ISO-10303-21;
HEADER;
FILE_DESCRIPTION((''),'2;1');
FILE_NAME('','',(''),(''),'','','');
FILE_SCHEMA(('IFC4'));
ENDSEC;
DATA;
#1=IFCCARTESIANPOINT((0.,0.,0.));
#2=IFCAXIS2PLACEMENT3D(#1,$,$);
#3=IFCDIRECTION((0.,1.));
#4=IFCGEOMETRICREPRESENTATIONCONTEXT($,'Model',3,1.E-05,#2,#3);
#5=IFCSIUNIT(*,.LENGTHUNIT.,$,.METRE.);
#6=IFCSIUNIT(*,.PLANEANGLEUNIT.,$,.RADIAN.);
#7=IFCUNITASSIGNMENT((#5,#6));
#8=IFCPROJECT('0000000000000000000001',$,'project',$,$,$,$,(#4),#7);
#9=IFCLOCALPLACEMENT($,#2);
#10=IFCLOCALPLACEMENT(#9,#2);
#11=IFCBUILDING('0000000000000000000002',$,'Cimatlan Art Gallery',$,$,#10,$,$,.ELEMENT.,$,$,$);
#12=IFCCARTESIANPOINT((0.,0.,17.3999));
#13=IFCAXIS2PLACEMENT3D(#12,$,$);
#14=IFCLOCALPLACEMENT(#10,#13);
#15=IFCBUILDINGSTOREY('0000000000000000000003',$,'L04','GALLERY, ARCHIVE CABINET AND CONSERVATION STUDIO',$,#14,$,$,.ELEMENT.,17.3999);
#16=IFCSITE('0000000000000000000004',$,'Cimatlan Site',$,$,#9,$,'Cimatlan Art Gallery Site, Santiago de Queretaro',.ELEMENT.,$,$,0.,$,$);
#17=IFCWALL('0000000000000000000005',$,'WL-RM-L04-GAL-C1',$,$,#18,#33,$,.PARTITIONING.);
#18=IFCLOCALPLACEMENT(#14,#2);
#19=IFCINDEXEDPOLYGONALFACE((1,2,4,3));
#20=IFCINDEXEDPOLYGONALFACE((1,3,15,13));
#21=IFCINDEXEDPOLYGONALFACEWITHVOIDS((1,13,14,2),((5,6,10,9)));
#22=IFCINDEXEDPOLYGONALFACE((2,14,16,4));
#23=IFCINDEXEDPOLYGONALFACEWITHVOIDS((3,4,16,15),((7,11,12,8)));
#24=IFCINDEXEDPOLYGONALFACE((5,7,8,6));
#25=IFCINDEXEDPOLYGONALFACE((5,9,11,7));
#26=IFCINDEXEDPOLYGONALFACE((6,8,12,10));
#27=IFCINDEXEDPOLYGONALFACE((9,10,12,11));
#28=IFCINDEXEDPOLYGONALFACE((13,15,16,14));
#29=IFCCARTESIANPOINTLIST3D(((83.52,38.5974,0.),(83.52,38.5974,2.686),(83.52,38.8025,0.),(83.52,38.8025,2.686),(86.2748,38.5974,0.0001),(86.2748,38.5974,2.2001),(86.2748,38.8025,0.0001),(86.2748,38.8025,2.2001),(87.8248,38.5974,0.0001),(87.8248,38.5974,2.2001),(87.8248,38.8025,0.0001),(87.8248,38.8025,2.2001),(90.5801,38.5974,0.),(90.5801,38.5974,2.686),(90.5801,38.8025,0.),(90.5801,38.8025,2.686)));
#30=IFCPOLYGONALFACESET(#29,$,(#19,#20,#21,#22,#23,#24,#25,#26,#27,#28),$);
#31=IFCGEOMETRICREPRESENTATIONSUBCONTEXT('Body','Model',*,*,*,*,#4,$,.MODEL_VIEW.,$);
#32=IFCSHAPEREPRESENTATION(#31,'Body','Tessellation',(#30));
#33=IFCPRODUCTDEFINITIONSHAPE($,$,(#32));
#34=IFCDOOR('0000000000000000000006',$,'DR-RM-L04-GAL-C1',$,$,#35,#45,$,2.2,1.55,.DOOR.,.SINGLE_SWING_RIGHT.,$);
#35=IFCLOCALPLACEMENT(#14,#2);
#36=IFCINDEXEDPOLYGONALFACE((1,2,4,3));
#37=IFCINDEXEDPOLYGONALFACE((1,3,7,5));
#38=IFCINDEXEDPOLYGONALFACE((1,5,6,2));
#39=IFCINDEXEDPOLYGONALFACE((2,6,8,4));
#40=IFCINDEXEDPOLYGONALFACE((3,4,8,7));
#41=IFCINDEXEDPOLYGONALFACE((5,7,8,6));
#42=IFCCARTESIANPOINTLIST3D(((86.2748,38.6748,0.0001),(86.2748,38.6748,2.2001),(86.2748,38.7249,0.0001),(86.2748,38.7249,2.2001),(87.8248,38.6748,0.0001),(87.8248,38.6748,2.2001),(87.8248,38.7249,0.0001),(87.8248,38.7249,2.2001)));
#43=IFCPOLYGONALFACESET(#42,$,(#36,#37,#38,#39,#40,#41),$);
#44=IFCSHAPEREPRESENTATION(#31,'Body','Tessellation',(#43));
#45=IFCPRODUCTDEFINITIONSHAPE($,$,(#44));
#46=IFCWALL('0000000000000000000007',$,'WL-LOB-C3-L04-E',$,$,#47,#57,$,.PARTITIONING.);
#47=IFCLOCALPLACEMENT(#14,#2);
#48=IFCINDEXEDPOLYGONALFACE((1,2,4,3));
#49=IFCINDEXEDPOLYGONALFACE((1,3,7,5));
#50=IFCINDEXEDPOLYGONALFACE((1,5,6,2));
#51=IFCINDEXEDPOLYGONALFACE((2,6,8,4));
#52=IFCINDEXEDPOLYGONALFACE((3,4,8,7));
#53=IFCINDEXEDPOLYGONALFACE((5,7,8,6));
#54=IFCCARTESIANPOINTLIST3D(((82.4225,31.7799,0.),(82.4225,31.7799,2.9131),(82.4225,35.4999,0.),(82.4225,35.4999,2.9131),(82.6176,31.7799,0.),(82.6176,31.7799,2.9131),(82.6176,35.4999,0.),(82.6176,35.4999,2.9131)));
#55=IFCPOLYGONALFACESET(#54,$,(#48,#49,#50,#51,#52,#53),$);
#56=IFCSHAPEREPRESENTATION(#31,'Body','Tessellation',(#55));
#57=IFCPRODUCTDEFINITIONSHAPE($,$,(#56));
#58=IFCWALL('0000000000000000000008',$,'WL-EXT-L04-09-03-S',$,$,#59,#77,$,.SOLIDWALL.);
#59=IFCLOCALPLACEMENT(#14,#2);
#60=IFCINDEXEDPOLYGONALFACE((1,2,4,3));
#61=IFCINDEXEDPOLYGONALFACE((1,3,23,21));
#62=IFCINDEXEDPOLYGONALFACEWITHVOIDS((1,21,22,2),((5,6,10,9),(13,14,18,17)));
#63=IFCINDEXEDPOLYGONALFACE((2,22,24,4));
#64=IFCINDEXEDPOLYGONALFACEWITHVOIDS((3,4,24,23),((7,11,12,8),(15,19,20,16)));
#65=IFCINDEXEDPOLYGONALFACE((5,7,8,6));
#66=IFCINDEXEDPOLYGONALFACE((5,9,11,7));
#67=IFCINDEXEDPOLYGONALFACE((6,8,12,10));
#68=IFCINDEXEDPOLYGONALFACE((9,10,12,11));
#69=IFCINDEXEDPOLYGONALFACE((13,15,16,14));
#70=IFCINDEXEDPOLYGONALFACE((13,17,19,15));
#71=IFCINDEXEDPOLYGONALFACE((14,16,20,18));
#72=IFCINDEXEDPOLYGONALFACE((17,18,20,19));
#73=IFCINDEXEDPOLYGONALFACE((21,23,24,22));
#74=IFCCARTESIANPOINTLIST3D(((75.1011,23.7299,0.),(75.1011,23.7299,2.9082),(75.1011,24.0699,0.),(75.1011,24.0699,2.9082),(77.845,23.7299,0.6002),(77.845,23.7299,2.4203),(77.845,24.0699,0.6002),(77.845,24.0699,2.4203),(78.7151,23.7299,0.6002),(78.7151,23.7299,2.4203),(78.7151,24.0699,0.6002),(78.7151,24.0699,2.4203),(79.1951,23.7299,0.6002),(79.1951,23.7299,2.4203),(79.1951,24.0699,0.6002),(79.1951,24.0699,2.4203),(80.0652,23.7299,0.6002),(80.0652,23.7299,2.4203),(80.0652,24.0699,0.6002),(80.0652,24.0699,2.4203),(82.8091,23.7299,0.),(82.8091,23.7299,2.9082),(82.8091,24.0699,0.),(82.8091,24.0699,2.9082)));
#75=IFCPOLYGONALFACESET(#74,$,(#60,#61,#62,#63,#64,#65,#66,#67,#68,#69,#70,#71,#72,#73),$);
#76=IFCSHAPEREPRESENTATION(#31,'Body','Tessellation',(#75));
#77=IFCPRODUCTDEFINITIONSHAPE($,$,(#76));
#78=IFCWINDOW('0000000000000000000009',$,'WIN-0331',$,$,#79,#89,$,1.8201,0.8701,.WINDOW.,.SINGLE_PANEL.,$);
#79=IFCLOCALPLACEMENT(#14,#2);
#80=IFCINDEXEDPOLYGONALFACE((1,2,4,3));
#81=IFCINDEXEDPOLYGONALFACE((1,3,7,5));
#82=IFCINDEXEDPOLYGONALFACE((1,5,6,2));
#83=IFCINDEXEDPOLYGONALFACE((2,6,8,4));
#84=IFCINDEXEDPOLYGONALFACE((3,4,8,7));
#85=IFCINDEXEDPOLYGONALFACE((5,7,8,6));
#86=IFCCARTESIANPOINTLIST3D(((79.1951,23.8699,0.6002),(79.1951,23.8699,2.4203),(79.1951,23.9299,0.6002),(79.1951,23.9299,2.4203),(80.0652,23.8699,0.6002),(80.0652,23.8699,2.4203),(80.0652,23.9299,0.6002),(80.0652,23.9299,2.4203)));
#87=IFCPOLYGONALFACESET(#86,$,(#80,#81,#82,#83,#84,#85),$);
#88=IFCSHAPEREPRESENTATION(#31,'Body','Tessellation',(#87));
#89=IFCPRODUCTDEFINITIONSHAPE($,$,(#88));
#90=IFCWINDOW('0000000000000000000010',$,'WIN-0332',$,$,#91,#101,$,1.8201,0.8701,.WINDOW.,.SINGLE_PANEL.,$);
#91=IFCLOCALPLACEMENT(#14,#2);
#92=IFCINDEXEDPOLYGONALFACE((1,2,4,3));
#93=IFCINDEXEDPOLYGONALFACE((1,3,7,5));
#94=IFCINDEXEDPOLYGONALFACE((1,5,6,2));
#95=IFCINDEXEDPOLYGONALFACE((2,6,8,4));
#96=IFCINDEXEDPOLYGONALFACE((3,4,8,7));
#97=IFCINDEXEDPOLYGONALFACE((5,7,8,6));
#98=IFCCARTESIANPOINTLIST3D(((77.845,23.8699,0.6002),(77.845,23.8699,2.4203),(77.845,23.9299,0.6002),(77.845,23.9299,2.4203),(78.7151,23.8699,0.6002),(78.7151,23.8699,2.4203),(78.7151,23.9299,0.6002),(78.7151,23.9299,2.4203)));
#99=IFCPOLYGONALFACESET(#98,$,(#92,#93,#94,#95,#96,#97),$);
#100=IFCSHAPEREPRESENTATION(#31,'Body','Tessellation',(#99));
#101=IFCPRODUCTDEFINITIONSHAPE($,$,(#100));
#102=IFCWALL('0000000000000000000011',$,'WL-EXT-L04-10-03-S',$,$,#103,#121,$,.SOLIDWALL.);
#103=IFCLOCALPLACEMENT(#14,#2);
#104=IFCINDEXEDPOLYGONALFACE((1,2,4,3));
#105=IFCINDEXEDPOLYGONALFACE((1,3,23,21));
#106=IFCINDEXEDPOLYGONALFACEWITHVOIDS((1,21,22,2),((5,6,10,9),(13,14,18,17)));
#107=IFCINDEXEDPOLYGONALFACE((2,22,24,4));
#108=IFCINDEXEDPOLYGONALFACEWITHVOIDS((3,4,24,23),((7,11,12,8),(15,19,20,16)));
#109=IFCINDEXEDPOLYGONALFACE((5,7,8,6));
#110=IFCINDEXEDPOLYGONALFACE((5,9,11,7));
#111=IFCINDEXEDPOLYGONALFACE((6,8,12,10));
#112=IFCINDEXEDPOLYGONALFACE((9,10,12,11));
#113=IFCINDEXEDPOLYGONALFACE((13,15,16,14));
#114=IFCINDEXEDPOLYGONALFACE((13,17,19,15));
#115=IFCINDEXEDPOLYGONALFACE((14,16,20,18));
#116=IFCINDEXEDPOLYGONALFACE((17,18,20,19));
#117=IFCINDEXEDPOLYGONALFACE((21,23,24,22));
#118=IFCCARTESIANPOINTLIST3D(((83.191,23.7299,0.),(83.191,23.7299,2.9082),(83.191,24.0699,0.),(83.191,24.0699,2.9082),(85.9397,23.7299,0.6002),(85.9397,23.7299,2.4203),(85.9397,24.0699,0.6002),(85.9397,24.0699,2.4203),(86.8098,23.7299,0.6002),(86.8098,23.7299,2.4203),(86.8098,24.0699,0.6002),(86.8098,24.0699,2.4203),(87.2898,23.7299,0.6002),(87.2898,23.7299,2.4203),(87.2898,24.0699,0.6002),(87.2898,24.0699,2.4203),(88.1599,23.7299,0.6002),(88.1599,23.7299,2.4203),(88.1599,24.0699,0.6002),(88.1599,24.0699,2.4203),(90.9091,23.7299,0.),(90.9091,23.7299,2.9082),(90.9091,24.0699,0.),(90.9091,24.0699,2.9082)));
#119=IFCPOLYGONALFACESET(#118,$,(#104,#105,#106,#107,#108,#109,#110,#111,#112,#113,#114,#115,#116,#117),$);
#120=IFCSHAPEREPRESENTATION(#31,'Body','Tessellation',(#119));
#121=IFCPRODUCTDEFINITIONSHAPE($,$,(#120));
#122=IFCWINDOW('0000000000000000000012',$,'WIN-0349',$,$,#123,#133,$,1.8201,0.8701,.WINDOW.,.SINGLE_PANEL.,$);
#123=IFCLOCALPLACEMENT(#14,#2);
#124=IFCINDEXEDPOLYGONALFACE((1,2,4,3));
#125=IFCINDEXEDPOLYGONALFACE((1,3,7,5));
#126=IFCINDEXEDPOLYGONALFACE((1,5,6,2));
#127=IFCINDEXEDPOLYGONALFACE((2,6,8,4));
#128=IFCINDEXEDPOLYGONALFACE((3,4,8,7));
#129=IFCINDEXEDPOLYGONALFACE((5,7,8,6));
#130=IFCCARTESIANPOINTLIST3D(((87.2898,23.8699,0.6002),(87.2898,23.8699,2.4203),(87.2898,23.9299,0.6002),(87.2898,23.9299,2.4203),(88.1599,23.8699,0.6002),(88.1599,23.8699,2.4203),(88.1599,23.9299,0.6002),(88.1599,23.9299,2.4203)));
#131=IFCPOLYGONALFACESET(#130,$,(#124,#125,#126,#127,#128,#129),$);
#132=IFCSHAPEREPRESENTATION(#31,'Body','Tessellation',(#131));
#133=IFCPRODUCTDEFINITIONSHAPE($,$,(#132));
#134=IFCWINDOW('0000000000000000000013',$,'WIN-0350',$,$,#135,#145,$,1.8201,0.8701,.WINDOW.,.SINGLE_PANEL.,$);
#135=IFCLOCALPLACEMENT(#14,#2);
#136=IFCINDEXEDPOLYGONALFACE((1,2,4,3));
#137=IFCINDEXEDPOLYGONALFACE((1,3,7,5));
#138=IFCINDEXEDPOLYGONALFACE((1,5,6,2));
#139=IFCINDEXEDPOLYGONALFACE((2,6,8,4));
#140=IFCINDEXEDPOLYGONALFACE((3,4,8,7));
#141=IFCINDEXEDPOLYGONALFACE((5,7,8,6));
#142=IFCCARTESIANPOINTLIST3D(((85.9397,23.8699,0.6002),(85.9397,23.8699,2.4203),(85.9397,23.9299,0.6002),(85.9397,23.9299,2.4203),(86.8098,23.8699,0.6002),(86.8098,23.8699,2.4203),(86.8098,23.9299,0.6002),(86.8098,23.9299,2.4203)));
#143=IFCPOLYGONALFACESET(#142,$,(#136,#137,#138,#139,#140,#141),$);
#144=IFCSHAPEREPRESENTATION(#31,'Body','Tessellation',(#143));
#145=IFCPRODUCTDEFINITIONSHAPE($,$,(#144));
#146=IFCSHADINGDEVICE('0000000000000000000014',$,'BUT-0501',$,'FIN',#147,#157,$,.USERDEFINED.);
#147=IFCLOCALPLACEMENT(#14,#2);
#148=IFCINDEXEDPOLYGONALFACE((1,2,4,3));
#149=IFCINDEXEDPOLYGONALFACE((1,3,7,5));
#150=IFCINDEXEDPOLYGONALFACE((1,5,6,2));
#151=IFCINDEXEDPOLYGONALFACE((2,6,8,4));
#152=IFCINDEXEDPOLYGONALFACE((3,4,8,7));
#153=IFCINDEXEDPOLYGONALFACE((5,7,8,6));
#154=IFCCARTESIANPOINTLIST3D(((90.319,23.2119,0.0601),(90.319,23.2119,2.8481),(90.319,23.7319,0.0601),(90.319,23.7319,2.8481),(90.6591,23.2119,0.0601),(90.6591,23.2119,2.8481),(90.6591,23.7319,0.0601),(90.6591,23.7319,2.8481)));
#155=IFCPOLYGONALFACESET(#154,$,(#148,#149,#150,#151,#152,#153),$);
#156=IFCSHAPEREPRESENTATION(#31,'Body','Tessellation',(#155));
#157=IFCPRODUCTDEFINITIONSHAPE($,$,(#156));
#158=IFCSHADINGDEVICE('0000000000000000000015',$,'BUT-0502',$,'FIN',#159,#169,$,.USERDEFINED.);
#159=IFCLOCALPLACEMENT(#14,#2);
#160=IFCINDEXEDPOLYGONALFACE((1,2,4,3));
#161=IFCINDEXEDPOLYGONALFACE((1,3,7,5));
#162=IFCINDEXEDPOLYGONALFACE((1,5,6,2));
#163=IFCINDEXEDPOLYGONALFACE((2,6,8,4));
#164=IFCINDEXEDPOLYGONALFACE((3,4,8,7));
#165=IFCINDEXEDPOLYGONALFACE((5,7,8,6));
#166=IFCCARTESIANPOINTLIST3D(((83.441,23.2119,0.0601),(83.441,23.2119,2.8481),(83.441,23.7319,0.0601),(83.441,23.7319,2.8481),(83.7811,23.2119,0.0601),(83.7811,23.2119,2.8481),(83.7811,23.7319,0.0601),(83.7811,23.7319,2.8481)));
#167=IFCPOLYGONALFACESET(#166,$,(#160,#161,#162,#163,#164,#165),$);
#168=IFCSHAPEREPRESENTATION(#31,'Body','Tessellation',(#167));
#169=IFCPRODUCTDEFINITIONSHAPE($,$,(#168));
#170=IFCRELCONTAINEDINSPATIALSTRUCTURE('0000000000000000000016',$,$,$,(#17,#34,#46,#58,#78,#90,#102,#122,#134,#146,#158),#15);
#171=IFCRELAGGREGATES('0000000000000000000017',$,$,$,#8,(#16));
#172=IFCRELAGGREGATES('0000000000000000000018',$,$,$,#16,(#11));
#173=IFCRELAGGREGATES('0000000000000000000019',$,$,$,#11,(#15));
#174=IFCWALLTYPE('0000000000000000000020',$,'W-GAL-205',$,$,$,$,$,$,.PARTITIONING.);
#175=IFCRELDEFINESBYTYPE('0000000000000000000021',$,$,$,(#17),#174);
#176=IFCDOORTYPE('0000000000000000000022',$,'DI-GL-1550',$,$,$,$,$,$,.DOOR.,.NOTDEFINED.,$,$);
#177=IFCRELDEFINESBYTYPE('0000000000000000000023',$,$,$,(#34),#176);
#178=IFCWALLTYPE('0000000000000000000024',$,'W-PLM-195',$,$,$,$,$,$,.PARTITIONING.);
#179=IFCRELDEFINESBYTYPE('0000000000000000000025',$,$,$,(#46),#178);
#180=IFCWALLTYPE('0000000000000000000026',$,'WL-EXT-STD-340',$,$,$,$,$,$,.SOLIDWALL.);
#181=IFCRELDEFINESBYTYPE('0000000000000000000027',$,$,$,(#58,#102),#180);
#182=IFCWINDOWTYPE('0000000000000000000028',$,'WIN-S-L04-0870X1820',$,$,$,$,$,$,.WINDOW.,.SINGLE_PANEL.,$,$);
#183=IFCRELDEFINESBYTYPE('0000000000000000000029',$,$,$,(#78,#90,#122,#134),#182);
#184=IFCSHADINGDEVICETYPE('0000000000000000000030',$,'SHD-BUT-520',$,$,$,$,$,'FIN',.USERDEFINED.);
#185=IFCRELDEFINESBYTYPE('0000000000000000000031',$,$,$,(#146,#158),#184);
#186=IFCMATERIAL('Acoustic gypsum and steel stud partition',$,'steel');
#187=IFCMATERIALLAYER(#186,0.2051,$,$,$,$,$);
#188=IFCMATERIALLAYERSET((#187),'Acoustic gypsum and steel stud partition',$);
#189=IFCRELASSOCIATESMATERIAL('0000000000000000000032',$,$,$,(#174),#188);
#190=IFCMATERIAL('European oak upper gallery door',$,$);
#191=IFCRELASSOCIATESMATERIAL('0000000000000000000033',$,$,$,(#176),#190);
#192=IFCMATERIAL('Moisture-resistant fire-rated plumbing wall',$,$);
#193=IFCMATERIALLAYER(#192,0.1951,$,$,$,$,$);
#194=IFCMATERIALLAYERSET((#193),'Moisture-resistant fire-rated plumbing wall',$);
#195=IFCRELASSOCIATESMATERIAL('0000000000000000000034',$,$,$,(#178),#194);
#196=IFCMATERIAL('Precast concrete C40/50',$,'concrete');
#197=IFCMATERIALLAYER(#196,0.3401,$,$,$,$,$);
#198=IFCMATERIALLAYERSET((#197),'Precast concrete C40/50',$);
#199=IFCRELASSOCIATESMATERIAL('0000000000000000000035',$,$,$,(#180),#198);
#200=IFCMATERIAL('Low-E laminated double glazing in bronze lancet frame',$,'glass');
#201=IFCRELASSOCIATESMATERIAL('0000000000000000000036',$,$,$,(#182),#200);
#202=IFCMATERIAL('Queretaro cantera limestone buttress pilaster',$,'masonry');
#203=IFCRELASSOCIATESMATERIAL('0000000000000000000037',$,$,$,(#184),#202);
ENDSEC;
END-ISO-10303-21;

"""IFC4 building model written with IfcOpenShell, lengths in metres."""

from ifc_helpers import new_model, si_unit, direction, frame, frame_2d, origin, origin_2d, place, context, subcontext, project, spatial, rectangle, extrude, material, layer, layer_set, type_object, element, fill, save


model = new_model("IFC4")

# Units and contexts
model_context = context("Model", 3, precision=1e-05, world=origin(), true_north=direction((0.0, 1.0)))
body_context = subcontext(model_context, "Body", "Model", "MODEL_VIEW")
ifc_project = project(units=[si_unit("LENGTHUNIT", "METRE"), si_unit("PLANEANGLEUNIT", "RADIAN")], contexts=[model_context])

# Site, building, storey
site_placement = place(None, origin())
site = spatial("IfcSite", under=ifc_project, at=site_placement, Name="Cimatlan Site", LongName="Cimatlan Art Gallery Site, Santiago de Queretaro", CompositionType="ELEMENT", RefElevation=0.0)
building_placement = place(site_placement, origin())
building = spatial("IfcBuilding", under=site, at=building_placement, Name="Cimatlan Art Gallery", CompositionType="ELEMENT")
storey_placement = place(building_placement, frame((0.0, 0.0, 17.3999)))
storey = spatial("IfcBuildingStorey", under=building, at=storey_placement, Name="L04", Description="GALLERY, ARCHIVE CABINET AND CONSERVATION STUDIO", CompositionType="ELEMENT", Elevation=17.3999)

# Wall, opening, door
ifc_material_1 = material(Name="Precast concrete C40/50", Category="concrete")
ifc_material_2 = material(Name="Acoustic gypsum and steel stud partition", Category="steel")
ifc_layer_1 = layer(ifc_material_2, 0.2051)
ifc_layer_set_1 = layer_set([ifc_layer_1], Name="Acoustic gypsum and steel stud partition")
wall_type_1 = type_object("IfcWallType", Name="W-GAL-205", PredefinedType="PARTITIONING", material=ifc_layer_set_1)
wall_1_placement = place(storey_placement, frame((83.52, 38.7, 0.0), z_axis=(0.0, 0.0, 1.0), x_axis=(1.0, 0.0, 0.0)))
wall_1 = element("IfcWall", 1, at=wall_1_placement, inside=storey, type_object=wall_type_1, Name="WL-RM-L04-GAL-C1", PredefinedType="PARTITIONING", context=body_context, shape_type="SweptSolid", body=[
    extrude(rectangle(XDim=7.0601, YDim=0.2051, at=frame_2d((3.53, 0.0))), origin(), (0.0, 0.0, 1.0), 2.686),
])
opening_1_placement = place(wall_1_placement, frame((2.7549, 0.0, 0.0)))
opening_1 = element("IfcOpeningElement", 2, at=opening_1_placement, cuts=wall_1, PredefinedType="OPENING", context=body_context, shape_type="SweptSolid", body=[
    extrude(rectangle(XDim=1.55, YDim=2.2, at=frame_2d((0.7749, 1.1001))), frame((0.0, 0.1125, 0.0), z_axis=(0.0, -1.0, 0.0), x_axis=(1.0, 0.0, 0.0)), (0.0, 0.0, 1.0), 0.2251),
])
ifc_material_3 = material(Name="European oak upper gallery door")
door_type_1 = type_object("IfcDoorType", Name="DI-GL-1550", OperationType="NOTDEFINED", PredefinedType="DOOR", material=ifc_material_3)
door_1_placement = place(opening_1_placement, origin())
door_1 = element("IfcDoor", 3, at=door_1_placement, inside=storey, type_object=door_type_1, Name="DR-RM-L04-GAL-C1", OperationType="SINGLE_SWING_RIGHT", OverallHeight=2.2, OverallWidth=1.55, PredefinedType="DOOR", context=body_context, shape_type="SweptSolid", body=[
    extrude(rectangle(XDim=1.55, YDim=2.2, at=frame_2d((0.7749, 1.1001))), frame((0.0, 0.0249, 0.0), z_axis=(0.0, -1.0, 0.0), x_axis=(1.0, 0.0, 0.0)), (0.0, 0.0, 1.0), 0.05),
])
fill(opening_1, door_1)

# Wall
ifc_material_4 = material(Name="Moisture-resistant fire-rated plumbing wall")
ifc_layer_2 = layer(ifc_material_4, 0.1951)
ifc_layer_set_2 = layer_set([ifc_layer_2], Name="Moisture-resistant fire-rated plumbing wall")
wall_type_2 = type_object("IfcWallType", Name="W-PLM-195", PredefinedType="PARTITIONING", material=ifc_layer_set_2)
wall_2_placement = place(storey_placement, frame((82.52, 31.78, 0.0), z_axis=(0.0, 0.0, 1.0), x_axis=(0.0, 1.0, 0.0)))
element("IfcWall", 4, at=wall_2_placement, inside=storey, type_object=wall_type_2, Name="WL-LOB-C3-L04-E", PredefinedType="PARTITIONING", context=body_context, shape_type="SweptSolid", body=[
    extrude(rectangle(XDim=3.72, YDim=0.1951, at=frame_2d((1.8599, 0.0))), origin(), (0.0, 0.0, 1.0), 2.9131),
])

# Walls, openings, windows
ifc_layer_3 = layer(ifc_material_1, 0.3401)
ifc_layer_set_3 = layer_set([ifc_layer_3], Name="Precast concrete C40/50")
wall_type_3 = type_object("IfcWallType", Name="WL-EXT-STD-340", PredefinedType="SOLIDWALL", material=ifc_layer_set_3)
wall_3_placement = place(storey_placement, frame((82.8091, 23.8999, 0.0), z_axis=(0.0, 0.0, 1.0), x_axis=(-1.0, 0.0, 0.0)))
wall_3 = element("IfcWall", 5, at=wall_3_placement, inside=storey, type_object=wall_type_3, Name="WL-EXT-L04-09-03-S", PredefinedType="SOLIDWALL", context=body_context, shape_type="SweptSolid", body=[
    extrude(rectangle(XDim=7.708, YDim=0.3401, at=frame_2d((3.854, 0.0))), origin(), (0.0, 0.0, 1.0), 2.9082),
])
opening_2_placement = place(wall_3_placement, frame((2.7439, 0.0, 0.6001)))
opening_2 = element("IfcOpeningElement", 6, at=opening_2_placement, cuts=wall_3, PredefinedType="OPENING", context=body_context, shape_type="SweptSolid", body=[
    extrude(rectangle(XDim=0.8701, YDim=1.8201, at=frame_2d((0.4351, 0.9102))), frame((0.0, 0.1802, 0.0), z_axis=(0.0, -1.0, 0.0), x_axis=(1.0, 0.0, 0.0)), (0.0, 0.0, 1.0), 0.3601),
])
opening_3_placement = place(wall_3_placement, frame((4.094, 0.0, 0.6001)))
opening_3 = element("IfcOpeningElement", 7, at=opening_3_placement, cuts=wall_3, PredefinedType="OPENING", context=body_context, shape_type="SweptSolid", body=[
    extrude(rectangle(XDim=0.8701, YDim=1.8201, at=frame_2d((0.4351, 0.9102))), frame((0.0, 0.1802, 0.0), z_axis=(0.0, -1.0, 0.0), x_axis=(1.0, 0.0, 0.0)), (0.0, 0.0, 1.0), 0.3601),
])
ifc_material_5 = material(Name="Low-E laminated double glazing in bronze lancet frame", Category="glass")
window_type = type_object("IfcWindowType", Name="WIN-S-L04-0870X1820", PartitioningType="SINGLE_PANEL", PredefinedType="WINDOW", material=ifc_material_5)
window_1_placement = place(opening_2_placement, origin())
window_1 = element("IfcWindow", 8, at=window_1_placement, inside=storey, type_object=window_type, Name="WIN-0331", OverallHeight=1.8201, OverallWidth=0.8701, PartitioningType="SINGLE_PANEL", PredefinedType="WINDOW", context=body_context, shape_type="SweptSolid", body=[
    extrude(rectangle(XDim=0.8701, YDim=1.8201, at=frame_2d((0.4351, 0.9102))), frame((0.0, 0.03, 0.0), z_axis=(0.0, -1.0, 0.0), x_axis=(1.0, 0.0, 0.0)), (0.0, 0.0, 1.0), 0.0601),
])
fill(opening_2, window_1)
window_2_placement = place(opening_3_placement, origin())
window_2 = element("IfcWindow", 9, at=window_2_placement, inside=storey, type_object=window_type, Name="WIN-0332", OverallHeight=1.8201, OverallWidth=0.8701, PartitioningType="SINGLE_PANEL", PredefinedType="WINDOW", context=body_context, shape_type="SweptSolid", body=[
    extrude(rectangle(XDim=0.8701, YDim=1.8201, at=frame_2d((0.4351, 0.9102))), frame((0.0, 0.03, 0.0), z_axis=(0.0, -1.0, 0.0), x_axis=(1.0, 0.0, 0.0)), (0.0, 0.0, 1.0), 0.0601),
])
fill(opening_3, window_2)
wall_4_placement = place(storey_placement, frame((90.9089, 23.8999, 0.0), z_axis=(0.0, 0.0, 1.0), x_axis=(-1.0, 0.0, 0.0)))
wall_4 = element("IfcWall", 10, at=wall_4_placement, inside=storey, type_object=wall_type_3, Name="WL-EXT-L04-10-03-S", PredefinedType="SOLIDWALL", context=body_context, shape_type="SweptSolid", body=[
    extrude(rectangle(XDim=7.718, YDim=0.3401, at=frame_2d((3.8589, 0.0))), origin(), (0.0, 0.0, 1.0), 2.9082),
])
opening_4_placement = place(wall_4_placement, frame((2.749, 0.0, 0.6001)))
opening_4 = element("IfcOpeningElement", 11, at=opening_4_placement, cuts=wall_4, PredefinedType="OPENING", context=body_context, shape_type="SweptSolid", body=[
    extrude(rectangle(XDim=0.8701, YDim=1.8201, at=frame_2d((0.4351, 0.9102))), frame((0.0, 0.1802, 0.0), z_axis=(0.0, -1.0, 0.0), x_axis=(1.0, 0.0, 0.0)), (0.0, 0.0, 1.0), 0.3601),
])
opening_5_placement = place(wall_4_placement, frame((4.0991, 0.0, 0.6001)))
opening_5 = element("IfcOpeningElement", 12, at=opening_5_placement, cuts=wall_4, PredefinedType="OPENING", context=body_context, shape_type="SweptSolid", body=[
    extrude(rectangle(XDim=0.8701, YDim=1.8201, at=frame_2d((0.4351, 0.9102))), frame((0.0, 0.1802, 0.0), z_axis=(0.0, -1.0, 0.0), x_axis=(1.0, 0.0, 0.0)), (0.0, 0.0, 1.0), 0.3601),
])
window_3_placement = place(opening_4_placement, origin())
window_3 = element("IfcWindow", 13, at=window_3_placement, inside=storey, type_object=window_type, Name="WIN-0349", OverallHeight=1.8201, OverallWidth=0.8701, PartitioningType="SINGLE_PANEL", PredefinedType="WINDOW", context=body_context, shape_type="SweptSolid", body=[
    extrude(rectangle(XDim=0.8701, YDim=1.8201, at=frame_2d((0.4351, 0.9102))), frame((0.0, 0.03, 0.0), z_axis=(0.0, -1.0, 0.0), x_axis=(1.0, 0.0, 0.0)), (0.0, 0.0, 1.0), 0.0601),
])
fill(opening_4, window_3)
window_4_placement = place(opening_5_placement, origin())
window_4 = element("IfcWindow", 14, at=window_4_placement, inside=storey, type_object=window_type, Name="WIN-0350", OverallHeight=1.8201, OverallWidth=0.8701, PartitioningType="SINGLE_PANEL", PredefinedType="WINDOW", context=body_context, shape_type="SweptSolid", body=[
    extrude(rectangle(XDim=0.8701, YDim=1.8201, at=frame_2d((0.4351, 0.9102))), frame((0.0, 0.03, 0.0), z_axis=(0.0, -1.0, 0.0), x_axis=(1.0, 0.0, 0.0)), (0.0, 0.0, 1.0), 0.0601),
])
fill(opening_5, window_4)

# Shading devices
ifc_material_6 = material(Name="Queretaro cantera limestone buttress pilaster", Category="masonry")
shading_device_type = type_object("IfcShadingDeviceType", Name="SHD-BUT-520", ElementType="FIN", PredefinedType="USERDEFINED", material=ifc_material_6)
for number, where, z_axis, x_axis, name in (
    (15, (90.489, 23.4719, 0.0601), (0.0, 0.0, 1.0), (-1.0, 0.0, 0.0), "BUT-0501"),
    (16, (83.6111, 23.4719, 0.0601), (0.0, 0.0, 1.0), (-1.0, 0.0, 0.0), "BUT-0502"),
):
    element("IfcShadingDevice", number, at=place(storey_placement, frame(where, z_axis=z_axis, x_axis=x_axis)), inside=storey, type_object=shading_device_type, Name=name, ObjectType="FIN", PredefinedType="USERDEFINED", context=body_context, shape_type="SweptSolid", body=[
        extrude(rectangle(XDim=0.3401, YDim=0.52, at=origin_2d()), origin(), (0.0, 0.0, 1.0), 2.7881),
    ])

save(model, "model.ifc")
